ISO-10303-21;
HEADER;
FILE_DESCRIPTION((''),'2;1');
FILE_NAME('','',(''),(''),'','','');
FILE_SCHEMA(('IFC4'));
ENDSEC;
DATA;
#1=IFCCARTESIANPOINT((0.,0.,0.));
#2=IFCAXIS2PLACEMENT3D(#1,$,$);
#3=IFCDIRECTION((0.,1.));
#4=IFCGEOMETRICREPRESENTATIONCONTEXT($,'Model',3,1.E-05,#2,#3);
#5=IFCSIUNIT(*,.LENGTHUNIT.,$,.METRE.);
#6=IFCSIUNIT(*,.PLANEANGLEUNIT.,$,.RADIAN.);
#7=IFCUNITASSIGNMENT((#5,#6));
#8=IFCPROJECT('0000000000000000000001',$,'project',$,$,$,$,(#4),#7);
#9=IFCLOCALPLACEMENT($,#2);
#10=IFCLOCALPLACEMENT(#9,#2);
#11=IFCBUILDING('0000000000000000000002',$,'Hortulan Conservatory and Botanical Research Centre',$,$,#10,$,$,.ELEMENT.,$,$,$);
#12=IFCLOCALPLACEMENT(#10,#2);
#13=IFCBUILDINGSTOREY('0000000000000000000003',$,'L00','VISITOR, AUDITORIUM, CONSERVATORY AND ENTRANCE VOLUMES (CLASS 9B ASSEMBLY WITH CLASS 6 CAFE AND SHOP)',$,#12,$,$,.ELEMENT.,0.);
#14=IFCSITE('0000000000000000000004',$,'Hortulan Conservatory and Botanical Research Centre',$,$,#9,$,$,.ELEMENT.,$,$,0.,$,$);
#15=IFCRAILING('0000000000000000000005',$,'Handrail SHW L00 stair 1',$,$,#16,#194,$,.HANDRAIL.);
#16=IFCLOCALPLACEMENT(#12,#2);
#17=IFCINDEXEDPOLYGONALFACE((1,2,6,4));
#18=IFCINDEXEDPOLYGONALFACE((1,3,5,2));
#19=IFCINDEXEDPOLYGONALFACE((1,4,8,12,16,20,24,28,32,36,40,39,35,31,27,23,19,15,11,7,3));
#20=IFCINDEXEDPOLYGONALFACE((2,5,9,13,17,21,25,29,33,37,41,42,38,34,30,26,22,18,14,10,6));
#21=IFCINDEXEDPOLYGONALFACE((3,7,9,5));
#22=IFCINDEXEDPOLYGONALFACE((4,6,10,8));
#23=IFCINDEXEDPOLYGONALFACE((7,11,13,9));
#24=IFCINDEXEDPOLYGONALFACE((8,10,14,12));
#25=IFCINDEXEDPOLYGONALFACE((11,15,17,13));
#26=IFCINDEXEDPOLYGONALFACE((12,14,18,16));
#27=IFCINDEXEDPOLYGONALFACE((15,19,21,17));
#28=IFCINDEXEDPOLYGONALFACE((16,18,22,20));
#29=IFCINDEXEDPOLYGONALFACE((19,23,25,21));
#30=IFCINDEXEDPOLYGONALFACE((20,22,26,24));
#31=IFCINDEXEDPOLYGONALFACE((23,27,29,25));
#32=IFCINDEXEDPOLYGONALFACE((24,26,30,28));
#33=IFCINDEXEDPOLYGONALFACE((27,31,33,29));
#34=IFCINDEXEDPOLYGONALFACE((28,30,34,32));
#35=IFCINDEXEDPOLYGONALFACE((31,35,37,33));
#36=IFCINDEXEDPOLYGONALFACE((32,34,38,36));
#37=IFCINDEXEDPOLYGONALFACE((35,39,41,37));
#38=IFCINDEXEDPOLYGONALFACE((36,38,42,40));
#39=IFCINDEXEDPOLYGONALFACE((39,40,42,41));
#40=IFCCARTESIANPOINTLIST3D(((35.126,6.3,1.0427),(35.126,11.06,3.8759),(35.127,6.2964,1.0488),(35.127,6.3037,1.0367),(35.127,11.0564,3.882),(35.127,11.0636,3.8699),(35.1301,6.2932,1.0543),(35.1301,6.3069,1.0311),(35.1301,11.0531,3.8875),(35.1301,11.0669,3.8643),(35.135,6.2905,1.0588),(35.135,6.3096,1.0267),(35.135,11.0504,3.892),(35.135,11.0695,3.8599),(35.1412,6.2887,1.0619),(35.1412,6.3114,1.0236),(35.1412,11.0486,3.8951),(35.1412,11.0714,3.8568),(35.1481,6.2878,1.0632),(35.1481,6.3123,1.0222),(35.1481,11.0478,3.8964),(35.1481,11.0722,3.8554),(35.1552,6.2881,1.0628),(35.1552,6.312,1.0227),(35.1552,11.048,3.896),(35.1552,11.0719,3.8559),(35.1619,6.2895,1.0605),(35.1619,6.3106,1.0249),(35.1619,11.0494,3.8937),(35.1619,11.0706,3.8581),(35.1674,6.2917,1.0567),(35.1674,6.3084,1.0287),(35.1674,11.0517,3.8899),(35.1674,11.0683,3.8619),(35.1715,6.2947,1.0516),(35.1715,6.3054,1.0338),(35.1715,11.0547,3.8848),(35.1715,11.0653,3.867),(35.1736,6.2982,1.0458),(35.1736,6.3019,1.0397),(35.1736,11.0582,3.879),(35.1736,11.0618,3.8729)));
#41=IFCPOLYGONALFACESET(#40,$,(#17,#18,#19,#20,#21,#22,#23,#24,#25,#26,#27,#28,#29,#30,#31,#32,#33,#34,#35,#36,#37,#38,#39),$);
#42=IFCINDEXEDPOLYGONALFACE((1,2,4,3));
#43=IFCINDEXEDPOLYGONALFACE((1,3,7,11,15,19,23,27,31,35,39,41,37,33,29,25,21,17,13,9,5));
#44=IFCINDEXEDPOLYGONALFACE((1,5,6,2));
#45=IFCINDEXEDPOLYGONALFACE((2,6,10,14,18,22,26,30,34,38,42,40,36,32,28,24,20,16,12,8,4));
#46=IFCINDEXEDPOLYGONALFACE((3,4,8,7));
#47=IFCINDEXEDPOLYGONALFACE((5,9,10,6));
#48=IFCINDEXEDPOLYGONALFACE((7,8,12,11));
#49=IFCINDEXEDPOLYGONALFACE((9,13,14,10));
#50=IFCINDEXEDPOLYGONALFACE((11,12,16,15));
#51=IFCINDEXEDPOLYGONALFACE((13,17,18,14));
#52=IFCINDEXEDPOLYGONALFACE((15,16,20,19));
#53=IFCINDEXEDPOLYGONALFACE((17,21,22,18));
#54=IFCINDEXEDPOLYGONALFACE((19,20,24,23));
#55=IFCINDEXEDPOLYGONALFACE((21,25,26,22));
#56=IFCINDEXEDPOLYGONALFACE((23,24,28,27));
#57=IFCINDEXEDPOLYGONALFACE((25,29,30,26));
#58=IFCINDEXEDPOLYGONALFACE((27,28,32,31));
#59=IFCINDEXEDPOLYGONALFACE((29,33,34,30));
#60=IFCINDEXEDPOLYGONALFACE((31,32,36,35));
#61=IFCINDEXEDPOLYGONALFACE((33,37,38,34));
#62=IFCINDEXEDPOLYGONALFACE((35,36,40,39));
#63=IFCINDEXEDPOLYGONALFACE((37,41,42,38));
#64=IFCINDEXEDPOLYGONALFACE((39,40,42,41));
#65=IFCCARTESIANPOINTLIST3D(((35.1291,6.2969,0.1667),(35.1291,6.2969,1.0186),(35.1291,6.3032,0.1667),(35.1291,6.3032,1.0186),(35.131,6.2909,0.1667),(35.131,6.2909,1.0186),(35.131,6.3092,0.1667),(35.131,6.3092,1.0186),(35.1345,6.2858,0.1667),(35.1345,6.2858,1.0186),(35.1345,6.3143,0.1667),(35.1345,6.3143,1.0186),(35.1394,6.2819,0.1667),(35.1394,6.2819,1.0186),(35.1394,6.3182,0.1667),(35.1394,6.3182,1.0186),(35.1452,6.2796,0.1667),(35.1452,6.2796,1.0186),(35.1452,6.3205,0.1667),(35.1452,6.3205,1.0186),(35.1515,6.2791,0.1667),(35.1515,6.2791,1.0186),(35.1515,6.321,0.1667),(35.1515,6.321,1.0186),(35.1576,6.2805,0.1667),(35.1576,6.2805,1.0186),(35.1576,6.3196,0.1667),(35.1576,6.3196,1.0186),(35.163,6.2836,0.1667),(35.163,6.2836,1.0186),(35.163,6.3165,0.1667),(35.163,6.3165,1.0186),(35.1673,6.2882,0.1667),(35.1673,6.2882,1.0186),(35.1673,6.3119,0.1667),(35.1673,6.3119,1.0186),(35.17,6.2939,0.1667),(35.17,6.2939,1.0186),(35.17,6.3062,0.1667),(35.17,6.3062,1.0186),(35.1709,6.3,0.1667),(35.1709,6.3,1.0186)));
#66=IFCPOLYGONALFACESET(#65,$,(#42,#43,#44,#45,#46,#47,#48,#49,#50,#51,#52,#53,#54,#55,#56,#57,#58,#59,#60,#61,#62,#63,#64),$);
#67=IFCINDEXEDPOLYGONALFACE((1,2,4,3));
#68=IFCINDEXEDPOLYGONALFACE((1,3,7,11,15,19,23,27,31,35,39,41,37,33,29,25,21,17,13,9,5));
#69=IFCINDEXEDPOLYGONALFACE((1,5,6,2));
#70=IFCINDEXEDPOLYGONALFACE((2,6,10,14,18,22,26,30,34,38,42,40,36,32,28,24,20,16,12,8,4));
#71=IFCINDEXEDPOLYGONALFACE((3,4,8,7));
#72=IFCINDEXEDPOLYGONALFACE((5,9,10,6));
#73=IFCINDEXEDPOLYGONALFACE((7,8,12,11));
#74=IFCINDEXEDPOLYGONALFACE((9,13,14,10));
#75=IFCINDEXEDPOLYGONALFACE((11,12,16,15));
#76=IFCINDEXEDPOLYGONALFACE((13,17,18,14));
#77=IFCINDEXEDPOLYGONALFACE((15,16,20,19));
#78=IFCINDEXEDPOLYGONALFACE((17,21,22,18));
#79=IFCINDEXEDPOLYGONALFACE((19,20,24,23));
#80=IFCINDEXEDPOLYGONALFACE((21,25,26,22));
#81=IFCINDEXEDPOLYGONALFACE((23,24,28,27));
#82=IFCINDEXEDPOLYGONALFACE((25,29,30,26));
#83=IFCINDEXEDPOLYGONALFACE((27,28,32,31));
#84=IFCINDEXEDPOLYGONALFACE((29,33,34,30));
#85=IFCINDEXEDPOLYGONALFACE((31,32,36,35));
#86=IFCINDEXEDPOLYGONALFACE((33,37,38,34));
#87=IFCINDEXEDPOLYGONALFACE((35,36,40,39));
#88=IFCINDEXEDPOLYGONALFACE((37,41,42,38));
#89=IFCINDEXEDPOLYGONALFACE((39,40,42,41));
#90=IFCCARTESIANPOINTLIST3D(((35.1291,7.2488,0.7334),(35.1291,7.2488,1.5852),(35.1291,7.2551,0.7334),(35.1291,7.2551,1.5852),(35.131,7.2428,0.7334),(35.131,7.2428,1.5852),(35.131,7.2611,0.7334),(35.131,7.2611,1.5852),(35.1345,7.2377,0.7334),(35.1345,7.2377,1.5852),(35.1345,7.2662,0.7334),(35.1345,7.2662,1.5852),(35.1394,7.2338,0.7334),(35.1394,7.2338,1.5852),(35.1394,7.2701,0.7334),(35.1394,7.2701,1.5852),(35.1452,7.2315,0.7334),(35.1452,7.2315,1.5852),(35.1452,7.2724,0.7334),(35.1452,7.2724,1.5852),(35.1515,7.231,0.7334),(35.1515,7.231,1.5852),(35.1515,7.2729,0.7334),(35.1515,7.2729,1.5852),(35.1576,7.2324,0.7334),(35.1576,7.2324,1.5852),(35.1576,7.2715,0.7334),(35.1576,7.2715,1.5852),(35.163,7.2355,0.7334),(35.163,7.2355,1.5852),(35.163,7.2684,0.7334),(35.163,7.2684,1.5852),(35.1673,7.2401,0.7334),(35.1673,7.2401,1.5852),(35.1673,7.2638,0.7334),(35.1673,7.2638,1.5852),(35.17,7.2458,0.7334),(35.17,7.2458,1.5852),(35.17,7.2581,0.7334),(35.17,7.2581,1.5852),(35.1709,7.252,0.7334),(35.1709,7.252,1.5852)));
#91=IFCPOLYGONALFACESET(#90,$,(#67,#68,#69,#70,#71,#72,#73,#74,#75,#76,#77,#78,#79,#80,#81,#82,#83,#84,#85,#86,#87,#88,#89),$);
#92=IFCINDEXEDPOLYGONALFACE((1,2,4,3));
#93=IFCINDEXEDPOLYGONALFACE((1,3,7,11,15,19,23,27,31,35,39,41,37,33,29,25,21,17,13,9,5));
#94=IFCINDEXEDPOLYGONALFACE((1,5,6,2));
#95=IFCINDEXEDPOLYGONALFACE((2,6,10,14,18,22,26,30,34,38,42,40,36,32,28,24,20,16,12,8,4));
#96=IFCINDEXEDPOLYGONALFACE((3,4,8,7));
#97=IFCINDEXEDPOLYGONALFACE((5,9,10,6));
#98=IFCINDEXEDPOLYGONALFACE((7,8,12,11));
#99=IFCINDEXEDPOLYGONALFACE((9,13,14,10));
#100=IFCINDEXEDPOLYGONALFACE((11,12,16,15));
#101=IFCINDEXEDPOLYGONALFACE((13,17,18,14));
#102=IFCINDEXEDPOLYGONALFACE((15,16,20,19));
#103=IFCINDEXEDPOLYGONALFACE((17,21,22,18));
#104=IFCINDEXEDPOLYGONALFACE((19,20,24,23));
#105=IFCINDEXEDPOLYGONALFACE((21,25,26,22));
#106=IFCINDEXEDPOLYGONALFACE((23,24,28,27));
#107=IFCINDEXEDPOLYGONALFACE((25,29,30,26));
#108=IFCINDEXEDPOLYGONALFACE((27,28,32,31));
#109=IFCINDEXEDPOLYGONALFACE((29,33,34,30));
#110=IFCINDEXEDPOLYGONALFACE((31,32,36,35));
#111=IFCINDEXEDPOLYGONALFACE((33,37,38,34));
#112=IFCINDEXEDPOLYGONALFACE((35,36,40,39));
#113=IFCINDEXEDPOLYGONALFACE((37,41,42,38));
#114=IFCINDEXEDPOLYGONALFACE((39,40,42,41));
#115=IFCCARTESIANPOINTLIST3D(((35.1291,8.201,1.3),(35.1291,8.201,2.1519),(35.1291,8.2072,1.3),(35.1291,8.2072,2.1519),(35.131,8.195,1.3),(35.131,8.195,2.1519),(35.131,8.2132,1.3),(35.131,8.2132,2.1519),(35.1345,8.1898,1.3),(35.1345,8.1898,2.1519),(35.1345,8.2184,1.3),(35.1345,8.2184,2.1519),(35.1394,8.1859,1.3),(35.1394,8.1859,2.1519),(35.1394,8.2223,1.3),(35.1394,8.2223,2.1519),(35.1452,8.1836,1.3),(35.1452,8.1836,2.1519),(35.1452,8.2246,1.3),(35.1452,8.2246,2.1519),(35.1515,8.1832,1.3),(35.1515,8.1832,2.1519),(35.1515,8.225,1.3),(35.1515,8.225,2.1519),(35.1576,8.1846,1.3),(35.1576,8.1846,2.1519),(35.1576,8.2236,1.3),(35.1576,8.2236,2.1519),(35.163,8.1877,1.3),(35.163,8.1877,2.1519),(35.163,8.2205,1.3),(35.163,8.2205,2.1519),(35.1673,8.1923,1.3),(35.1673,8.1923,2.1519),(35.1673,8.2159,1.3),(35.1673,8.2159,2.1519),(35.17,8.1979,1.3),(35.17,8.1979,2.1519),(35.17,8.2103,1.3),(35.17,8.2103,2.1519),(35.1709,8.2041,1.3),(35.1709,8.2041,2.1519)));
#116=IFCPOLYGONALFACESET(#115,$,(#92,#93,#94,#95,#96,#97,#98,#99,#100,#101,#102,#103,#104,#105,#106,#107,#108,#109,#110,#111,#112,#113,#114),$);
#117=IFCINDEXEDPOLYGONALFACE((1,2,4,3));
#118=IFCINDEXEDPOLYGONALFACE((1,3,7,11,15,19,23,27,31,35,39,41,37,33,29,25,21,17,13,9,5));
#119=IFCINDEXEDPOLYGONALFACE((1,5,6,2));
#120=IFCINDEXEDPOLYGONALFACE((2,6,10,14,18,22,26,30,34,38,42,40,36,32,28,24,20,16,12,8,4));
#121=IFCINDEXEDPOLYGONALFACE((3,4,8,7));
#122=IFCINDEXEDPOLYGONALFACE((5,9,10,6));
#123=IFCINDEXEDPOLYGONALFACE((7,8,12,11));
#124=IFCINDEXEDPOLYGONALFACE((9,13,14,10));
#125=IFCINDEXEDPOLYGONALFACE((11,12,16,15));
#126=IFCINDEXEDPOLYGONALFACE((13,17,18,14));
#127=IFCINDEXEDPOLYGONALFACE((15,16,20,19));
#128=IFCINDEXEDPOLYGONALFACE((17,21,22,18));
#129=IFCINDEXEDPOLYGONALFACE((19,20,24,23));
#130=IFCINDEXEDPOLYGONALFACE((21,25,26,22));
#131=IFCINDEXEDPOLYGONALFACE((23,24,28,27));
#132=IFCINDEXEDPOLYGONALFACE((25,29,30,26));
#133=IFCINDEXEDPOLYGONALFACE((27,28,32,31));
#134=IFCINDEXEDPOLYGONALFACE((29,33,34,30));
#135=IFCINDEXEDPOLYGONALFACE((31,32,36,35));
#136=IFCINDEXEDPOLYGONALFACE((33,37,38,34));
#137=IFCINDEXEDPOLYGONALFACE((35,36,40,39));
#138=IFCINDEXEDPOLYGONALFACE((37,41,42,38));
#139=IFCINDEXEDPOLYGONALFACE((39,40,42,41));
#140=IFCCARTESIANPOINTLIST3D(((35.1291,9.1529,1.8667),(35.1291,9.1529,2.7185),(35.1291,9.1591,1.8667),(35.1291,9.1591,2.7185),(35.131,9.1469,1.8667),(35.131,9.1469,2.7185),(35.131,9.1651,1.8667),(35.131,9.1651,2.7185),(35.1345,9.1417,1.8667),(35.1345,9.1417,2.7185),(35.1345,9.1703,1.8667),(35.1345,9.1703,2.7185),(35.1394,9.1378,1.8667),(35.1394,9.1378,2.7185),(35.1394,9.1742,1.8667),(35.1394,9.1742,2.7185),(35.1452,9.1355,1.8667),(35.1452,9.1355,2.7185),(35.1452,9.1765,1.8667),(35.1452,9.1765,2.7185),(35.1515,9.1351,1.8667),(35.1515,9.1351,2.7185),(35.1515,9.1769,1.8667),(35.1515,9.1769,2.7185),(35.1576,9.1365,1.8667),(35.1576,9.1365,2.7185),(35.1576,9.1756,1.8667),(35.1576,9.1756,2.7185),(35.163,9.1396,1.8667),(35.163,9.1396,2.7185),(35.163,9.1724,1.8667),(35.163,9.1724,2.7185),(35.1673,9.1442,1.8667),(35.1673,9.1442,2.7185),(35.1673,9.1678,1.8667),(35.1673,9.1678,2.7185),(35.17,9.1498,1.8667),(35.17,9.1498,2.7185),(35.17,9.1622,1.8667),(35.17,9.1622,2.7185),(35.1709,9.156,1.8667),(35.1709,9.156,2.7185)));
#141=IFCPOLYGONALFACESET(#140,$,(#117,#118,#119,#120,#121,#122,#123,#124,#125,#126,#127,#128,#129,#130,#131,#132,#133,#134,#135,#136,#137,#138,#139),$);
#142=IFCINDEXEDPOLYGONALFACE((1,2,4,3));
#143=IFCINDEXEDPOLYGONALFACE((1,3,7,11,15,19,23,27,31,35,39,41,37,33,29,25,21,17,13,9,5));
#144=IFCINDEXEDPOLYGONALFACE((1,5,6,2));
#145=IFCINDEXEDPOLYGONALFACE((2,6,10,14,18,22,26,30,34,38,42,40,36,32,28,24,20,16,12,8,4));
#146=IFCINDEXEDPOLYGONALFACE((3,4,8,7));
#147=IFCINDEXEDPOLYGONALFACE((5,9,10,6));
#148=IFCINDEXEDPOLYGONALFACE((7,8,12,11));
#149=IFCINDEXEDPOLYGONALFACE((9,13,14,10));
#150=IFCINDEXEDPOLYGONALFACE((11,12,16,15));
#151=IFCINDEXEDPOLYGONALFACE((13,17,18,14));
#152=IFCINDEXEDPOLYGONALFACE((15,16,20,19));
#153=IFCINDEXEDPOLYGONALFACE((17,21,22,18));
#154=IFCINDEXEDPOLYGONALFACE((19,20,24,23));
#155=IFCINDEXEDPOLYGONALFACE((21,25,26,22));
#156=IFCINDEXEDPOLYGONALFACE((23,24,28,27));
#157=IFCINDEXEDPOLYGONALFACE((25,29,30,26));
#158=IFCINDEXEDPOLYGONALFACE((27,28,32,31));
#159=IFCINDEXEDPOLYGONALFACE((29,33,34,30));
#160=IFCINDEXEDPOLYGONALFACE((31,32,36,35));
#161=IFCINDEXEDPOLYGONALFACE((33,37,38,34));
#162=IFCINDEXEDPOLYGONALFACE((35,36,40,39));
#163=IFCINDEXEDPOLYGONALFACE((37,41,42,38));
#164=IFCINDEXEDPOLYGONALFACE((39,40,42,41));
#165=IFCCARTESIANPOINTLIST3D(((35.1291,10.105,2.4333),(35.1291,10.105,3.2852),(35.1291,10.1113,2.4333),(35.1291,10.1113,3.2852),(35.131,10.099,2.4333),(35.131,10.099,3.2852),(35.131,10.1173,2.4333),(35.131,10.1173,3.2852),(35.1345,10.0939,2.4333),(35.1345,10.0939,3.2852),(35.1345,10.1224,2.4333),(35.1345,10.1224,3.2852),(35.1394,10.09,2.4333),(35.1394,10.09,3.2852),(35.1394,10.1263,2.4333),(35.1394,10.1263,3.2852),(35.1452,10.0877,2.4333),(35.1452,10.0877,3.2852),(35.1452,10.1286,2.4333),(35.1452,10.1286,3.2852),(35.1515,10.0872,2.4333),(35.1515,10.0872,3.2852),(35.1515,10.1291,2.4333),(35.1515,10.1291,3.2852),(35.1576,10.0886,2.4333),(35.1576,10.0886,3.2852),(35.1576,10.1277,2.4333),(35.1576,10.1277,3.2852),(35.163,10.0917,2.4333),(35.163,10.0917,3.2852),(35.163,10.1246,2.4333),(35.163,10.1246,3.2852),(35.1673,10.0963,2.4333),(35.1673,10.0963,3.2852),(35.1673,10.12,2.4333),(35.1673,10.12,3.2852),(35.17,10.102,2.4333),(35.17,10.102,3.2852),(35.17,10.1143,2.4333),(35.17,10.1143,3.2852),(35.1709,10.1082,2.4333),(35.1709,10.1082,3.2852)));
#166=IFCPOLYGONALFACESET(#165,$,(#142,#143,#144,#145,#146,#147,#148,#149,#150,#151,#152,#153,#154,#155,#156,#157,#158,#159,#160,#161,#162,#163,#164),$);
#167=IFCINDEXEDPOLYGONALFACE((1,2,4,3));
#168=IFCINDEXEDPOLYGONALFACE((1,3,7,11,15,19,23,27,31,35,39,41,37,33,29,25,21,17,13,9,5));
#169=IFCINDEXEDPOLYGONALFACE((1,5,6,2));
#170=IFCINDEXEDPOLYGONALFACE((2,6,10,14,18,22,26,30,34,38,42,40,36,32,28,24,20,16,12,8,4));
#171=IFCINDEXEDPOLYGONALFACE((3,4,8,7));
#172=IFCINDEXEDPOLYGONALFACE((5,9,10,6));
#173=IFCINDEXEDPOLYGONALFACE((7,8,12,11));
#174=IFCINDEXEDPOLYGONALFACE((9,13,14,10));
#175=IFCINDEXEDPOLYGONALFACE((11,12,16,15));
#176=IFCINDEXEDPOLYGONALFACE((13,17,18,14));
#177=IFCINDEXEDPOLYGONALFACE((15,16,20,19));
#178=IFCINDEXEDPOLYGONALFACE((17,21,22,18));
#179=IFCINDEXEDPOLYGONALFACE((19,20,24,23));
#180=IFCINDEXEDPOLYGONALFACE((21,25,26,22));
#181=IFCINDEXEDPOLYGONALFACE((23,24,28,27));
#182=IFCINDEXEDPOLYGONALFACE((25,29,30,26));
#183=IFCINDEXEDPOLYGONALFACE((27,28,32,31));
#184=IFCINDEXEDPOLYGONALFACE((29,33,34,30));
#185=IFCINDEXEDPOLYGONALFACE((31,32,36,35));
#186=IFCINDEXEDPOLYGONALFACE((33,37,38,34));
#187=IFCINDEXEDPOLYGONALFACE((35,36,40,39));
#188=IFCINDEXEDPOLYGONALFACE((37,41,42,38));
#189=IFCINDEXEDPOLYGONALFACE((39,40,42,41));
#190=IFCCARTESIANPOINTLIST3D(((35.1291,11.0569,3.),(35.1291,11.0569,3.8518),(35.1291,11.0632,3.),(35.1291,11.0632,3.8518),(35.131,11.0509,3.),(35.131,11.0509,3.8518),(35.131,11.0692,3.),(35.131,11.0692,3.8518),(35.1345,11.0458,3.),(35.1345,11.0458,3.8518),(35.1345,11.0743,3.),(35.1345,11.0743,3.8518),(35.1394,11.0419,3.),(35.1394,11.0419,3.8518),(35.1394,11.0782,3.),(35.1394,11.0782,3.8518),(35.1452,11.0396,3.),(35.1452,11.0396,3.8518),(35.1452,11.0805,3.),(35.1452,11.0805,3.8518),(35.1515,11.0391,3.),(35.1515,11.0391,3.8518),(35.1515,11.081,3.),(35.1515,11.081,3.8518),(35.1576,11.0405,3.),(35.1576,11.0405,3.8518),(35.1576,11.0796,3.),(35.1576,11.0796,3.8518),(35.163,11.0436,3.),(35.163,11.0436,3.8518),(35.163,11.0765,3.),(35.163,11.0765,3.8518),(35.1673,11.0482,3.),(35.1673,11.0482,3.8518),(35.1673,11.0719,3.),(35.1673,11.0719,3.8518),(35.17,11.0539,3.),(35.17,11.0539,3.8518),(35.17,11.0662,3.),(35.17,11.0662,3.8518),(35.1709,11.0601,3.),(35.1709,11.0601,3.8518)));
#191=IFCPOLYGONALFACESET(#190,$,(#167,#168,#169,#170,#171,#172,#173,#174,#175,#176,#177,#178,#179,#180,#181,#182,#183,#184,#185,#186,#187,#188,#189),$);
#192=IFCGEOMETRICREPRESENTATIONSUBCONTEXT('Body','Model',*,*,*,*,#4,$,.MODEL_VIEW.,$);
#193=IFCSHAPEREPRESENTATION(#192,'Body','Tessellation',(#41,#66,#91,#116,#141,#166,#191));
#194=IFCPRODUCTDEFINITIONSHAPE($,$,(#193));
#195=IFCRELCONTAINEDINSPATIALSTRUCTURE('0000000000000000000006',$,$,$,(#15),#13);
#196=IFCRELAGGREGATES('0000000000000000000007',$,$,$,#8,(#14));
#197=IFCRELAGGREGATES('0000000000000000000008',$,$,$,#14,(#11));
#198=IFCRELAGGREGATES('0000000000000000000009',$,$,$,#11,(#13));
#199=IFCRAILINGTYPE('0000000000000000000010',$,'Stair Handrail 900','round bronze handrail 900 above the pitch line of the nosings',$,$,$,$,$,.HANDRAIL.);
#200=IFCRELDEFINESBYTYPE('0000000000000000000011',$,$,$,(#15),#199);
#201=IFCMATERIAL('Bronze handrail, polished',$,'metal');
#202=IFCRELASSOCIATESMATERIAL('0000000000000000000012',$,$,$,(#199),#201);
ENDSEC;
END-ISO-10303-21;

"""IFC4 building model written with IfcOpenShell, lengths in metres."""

from ifc_helpers import new_model, si_unit, direction, frame, origin, origin_2d, place, context, subcontext, project, spatial, circle, extrude, material, type_object, element, save


model = new_model("IFC4")

# Units and contexts
model_context = context("Model", 3, precision=1e-05, world=origin(), true_north=direction((0.0, 1.0)))
body_context = subcontext(model_context, "Body", "Model", "MODEL_VIEW")
ifc_project = project(units=[si_unit("LENGTHUNIT", "METRE"), si_unit("PLANEANGLEUNIT", "RADIAN")], contexts=[model_context])

# Site, building, storey
site_placement = place(None, origin())
site = spatial("IfcSite", under=ifc_project, at=site_placement, Name="Hortulan Conservatory and Botanical Research Centre", CompositionType="ELEMENT", RefElevation=0.0)
building_placement = place(site_placement, origin())
building = spatial("IfcBuilding", under=site, at=building_placement, Name="Hortulan Conservatory and Botanical Research Centre", CompositionType="ELEMENT")
storey_placement = place(building_placement, origin())
storey = spatial("IfcBuildingStorey", under=building, at=storey_placement, Name="L00", Description="VISITOR, AUDITORIUM, CONSERVATORY AND ENTRANCE VOLUMES (CLASS 9B ASSEMBLY WITH CLASS 6 CAFE AND SHOP)", CompositionType="ELEMENT", Elevation=0.0)

# Railing
ifc_material_1 = material(Name="Bronze handrail, polished", Category="metal")
railing_type_1 = type_object("IfcRailingType", Name="Stair Handrail 900", Description="round bronze handrail 900 above the pitch line of the nosings", PredefinedType="HANDRAIL", material=ifc_material_1)
for number, where, name in (
    (1, (35.1499, 6.3, 0.1667), "Handrail SHW L00 stair 1"),
):
    element("IfcRailing", number, at=place(storey_placement, frame(where)), inside=storey, type_object=railing_type_1, Name=name, PredefinedType="HANDRAIL", context=body_context, shape_type="SweptSolid", body=[
        extrude(circle(Radius=0.0239, at=origin_2d()), frame((0.0, 0.0, 0.876), z_axis=(0.0, 0.8593, 0.511472), x_axis=(-1.0, 0.0, 0.0)), (0.0, 0.0, 1.0), 5.5393),
        extrude(circle(Radius=0.021, at=origin_2d()), origin(), (0.0, 0.0, 1.0), 0.8518),
        extrude(circle(Radius=0.021, at=origin_2d()), frame((0.0, 0.9519, 0.5667)), (0.0, 0.0, 1.0), 0.8518),
        extrude(circle(Radius=0.021, at=origin_2d()), frame((0.0, 1.9041, 1.1333)), (0.0, 0.0, 1.0), 0.8518),
        extrude(circle(Radius=0.021, at=origin_2d()), frame((0.0, 2.856, 1.7)), (0.0, 0.0, 1.0), 0.8518),
        extrude(circle(Radius=0.021, at=origin_2d()), frame((0.0, 3.8081, 2.2666)), (0.0, 0.0, 1.0), 0.8518),
        extrude(circle(Radius=0.021, at=origin_2d()), frame((0.0, 4.76, 2.8333)), (0.0, 0.0, 1.0), 0.8518),
    ])

save(model, "model.ifc")
